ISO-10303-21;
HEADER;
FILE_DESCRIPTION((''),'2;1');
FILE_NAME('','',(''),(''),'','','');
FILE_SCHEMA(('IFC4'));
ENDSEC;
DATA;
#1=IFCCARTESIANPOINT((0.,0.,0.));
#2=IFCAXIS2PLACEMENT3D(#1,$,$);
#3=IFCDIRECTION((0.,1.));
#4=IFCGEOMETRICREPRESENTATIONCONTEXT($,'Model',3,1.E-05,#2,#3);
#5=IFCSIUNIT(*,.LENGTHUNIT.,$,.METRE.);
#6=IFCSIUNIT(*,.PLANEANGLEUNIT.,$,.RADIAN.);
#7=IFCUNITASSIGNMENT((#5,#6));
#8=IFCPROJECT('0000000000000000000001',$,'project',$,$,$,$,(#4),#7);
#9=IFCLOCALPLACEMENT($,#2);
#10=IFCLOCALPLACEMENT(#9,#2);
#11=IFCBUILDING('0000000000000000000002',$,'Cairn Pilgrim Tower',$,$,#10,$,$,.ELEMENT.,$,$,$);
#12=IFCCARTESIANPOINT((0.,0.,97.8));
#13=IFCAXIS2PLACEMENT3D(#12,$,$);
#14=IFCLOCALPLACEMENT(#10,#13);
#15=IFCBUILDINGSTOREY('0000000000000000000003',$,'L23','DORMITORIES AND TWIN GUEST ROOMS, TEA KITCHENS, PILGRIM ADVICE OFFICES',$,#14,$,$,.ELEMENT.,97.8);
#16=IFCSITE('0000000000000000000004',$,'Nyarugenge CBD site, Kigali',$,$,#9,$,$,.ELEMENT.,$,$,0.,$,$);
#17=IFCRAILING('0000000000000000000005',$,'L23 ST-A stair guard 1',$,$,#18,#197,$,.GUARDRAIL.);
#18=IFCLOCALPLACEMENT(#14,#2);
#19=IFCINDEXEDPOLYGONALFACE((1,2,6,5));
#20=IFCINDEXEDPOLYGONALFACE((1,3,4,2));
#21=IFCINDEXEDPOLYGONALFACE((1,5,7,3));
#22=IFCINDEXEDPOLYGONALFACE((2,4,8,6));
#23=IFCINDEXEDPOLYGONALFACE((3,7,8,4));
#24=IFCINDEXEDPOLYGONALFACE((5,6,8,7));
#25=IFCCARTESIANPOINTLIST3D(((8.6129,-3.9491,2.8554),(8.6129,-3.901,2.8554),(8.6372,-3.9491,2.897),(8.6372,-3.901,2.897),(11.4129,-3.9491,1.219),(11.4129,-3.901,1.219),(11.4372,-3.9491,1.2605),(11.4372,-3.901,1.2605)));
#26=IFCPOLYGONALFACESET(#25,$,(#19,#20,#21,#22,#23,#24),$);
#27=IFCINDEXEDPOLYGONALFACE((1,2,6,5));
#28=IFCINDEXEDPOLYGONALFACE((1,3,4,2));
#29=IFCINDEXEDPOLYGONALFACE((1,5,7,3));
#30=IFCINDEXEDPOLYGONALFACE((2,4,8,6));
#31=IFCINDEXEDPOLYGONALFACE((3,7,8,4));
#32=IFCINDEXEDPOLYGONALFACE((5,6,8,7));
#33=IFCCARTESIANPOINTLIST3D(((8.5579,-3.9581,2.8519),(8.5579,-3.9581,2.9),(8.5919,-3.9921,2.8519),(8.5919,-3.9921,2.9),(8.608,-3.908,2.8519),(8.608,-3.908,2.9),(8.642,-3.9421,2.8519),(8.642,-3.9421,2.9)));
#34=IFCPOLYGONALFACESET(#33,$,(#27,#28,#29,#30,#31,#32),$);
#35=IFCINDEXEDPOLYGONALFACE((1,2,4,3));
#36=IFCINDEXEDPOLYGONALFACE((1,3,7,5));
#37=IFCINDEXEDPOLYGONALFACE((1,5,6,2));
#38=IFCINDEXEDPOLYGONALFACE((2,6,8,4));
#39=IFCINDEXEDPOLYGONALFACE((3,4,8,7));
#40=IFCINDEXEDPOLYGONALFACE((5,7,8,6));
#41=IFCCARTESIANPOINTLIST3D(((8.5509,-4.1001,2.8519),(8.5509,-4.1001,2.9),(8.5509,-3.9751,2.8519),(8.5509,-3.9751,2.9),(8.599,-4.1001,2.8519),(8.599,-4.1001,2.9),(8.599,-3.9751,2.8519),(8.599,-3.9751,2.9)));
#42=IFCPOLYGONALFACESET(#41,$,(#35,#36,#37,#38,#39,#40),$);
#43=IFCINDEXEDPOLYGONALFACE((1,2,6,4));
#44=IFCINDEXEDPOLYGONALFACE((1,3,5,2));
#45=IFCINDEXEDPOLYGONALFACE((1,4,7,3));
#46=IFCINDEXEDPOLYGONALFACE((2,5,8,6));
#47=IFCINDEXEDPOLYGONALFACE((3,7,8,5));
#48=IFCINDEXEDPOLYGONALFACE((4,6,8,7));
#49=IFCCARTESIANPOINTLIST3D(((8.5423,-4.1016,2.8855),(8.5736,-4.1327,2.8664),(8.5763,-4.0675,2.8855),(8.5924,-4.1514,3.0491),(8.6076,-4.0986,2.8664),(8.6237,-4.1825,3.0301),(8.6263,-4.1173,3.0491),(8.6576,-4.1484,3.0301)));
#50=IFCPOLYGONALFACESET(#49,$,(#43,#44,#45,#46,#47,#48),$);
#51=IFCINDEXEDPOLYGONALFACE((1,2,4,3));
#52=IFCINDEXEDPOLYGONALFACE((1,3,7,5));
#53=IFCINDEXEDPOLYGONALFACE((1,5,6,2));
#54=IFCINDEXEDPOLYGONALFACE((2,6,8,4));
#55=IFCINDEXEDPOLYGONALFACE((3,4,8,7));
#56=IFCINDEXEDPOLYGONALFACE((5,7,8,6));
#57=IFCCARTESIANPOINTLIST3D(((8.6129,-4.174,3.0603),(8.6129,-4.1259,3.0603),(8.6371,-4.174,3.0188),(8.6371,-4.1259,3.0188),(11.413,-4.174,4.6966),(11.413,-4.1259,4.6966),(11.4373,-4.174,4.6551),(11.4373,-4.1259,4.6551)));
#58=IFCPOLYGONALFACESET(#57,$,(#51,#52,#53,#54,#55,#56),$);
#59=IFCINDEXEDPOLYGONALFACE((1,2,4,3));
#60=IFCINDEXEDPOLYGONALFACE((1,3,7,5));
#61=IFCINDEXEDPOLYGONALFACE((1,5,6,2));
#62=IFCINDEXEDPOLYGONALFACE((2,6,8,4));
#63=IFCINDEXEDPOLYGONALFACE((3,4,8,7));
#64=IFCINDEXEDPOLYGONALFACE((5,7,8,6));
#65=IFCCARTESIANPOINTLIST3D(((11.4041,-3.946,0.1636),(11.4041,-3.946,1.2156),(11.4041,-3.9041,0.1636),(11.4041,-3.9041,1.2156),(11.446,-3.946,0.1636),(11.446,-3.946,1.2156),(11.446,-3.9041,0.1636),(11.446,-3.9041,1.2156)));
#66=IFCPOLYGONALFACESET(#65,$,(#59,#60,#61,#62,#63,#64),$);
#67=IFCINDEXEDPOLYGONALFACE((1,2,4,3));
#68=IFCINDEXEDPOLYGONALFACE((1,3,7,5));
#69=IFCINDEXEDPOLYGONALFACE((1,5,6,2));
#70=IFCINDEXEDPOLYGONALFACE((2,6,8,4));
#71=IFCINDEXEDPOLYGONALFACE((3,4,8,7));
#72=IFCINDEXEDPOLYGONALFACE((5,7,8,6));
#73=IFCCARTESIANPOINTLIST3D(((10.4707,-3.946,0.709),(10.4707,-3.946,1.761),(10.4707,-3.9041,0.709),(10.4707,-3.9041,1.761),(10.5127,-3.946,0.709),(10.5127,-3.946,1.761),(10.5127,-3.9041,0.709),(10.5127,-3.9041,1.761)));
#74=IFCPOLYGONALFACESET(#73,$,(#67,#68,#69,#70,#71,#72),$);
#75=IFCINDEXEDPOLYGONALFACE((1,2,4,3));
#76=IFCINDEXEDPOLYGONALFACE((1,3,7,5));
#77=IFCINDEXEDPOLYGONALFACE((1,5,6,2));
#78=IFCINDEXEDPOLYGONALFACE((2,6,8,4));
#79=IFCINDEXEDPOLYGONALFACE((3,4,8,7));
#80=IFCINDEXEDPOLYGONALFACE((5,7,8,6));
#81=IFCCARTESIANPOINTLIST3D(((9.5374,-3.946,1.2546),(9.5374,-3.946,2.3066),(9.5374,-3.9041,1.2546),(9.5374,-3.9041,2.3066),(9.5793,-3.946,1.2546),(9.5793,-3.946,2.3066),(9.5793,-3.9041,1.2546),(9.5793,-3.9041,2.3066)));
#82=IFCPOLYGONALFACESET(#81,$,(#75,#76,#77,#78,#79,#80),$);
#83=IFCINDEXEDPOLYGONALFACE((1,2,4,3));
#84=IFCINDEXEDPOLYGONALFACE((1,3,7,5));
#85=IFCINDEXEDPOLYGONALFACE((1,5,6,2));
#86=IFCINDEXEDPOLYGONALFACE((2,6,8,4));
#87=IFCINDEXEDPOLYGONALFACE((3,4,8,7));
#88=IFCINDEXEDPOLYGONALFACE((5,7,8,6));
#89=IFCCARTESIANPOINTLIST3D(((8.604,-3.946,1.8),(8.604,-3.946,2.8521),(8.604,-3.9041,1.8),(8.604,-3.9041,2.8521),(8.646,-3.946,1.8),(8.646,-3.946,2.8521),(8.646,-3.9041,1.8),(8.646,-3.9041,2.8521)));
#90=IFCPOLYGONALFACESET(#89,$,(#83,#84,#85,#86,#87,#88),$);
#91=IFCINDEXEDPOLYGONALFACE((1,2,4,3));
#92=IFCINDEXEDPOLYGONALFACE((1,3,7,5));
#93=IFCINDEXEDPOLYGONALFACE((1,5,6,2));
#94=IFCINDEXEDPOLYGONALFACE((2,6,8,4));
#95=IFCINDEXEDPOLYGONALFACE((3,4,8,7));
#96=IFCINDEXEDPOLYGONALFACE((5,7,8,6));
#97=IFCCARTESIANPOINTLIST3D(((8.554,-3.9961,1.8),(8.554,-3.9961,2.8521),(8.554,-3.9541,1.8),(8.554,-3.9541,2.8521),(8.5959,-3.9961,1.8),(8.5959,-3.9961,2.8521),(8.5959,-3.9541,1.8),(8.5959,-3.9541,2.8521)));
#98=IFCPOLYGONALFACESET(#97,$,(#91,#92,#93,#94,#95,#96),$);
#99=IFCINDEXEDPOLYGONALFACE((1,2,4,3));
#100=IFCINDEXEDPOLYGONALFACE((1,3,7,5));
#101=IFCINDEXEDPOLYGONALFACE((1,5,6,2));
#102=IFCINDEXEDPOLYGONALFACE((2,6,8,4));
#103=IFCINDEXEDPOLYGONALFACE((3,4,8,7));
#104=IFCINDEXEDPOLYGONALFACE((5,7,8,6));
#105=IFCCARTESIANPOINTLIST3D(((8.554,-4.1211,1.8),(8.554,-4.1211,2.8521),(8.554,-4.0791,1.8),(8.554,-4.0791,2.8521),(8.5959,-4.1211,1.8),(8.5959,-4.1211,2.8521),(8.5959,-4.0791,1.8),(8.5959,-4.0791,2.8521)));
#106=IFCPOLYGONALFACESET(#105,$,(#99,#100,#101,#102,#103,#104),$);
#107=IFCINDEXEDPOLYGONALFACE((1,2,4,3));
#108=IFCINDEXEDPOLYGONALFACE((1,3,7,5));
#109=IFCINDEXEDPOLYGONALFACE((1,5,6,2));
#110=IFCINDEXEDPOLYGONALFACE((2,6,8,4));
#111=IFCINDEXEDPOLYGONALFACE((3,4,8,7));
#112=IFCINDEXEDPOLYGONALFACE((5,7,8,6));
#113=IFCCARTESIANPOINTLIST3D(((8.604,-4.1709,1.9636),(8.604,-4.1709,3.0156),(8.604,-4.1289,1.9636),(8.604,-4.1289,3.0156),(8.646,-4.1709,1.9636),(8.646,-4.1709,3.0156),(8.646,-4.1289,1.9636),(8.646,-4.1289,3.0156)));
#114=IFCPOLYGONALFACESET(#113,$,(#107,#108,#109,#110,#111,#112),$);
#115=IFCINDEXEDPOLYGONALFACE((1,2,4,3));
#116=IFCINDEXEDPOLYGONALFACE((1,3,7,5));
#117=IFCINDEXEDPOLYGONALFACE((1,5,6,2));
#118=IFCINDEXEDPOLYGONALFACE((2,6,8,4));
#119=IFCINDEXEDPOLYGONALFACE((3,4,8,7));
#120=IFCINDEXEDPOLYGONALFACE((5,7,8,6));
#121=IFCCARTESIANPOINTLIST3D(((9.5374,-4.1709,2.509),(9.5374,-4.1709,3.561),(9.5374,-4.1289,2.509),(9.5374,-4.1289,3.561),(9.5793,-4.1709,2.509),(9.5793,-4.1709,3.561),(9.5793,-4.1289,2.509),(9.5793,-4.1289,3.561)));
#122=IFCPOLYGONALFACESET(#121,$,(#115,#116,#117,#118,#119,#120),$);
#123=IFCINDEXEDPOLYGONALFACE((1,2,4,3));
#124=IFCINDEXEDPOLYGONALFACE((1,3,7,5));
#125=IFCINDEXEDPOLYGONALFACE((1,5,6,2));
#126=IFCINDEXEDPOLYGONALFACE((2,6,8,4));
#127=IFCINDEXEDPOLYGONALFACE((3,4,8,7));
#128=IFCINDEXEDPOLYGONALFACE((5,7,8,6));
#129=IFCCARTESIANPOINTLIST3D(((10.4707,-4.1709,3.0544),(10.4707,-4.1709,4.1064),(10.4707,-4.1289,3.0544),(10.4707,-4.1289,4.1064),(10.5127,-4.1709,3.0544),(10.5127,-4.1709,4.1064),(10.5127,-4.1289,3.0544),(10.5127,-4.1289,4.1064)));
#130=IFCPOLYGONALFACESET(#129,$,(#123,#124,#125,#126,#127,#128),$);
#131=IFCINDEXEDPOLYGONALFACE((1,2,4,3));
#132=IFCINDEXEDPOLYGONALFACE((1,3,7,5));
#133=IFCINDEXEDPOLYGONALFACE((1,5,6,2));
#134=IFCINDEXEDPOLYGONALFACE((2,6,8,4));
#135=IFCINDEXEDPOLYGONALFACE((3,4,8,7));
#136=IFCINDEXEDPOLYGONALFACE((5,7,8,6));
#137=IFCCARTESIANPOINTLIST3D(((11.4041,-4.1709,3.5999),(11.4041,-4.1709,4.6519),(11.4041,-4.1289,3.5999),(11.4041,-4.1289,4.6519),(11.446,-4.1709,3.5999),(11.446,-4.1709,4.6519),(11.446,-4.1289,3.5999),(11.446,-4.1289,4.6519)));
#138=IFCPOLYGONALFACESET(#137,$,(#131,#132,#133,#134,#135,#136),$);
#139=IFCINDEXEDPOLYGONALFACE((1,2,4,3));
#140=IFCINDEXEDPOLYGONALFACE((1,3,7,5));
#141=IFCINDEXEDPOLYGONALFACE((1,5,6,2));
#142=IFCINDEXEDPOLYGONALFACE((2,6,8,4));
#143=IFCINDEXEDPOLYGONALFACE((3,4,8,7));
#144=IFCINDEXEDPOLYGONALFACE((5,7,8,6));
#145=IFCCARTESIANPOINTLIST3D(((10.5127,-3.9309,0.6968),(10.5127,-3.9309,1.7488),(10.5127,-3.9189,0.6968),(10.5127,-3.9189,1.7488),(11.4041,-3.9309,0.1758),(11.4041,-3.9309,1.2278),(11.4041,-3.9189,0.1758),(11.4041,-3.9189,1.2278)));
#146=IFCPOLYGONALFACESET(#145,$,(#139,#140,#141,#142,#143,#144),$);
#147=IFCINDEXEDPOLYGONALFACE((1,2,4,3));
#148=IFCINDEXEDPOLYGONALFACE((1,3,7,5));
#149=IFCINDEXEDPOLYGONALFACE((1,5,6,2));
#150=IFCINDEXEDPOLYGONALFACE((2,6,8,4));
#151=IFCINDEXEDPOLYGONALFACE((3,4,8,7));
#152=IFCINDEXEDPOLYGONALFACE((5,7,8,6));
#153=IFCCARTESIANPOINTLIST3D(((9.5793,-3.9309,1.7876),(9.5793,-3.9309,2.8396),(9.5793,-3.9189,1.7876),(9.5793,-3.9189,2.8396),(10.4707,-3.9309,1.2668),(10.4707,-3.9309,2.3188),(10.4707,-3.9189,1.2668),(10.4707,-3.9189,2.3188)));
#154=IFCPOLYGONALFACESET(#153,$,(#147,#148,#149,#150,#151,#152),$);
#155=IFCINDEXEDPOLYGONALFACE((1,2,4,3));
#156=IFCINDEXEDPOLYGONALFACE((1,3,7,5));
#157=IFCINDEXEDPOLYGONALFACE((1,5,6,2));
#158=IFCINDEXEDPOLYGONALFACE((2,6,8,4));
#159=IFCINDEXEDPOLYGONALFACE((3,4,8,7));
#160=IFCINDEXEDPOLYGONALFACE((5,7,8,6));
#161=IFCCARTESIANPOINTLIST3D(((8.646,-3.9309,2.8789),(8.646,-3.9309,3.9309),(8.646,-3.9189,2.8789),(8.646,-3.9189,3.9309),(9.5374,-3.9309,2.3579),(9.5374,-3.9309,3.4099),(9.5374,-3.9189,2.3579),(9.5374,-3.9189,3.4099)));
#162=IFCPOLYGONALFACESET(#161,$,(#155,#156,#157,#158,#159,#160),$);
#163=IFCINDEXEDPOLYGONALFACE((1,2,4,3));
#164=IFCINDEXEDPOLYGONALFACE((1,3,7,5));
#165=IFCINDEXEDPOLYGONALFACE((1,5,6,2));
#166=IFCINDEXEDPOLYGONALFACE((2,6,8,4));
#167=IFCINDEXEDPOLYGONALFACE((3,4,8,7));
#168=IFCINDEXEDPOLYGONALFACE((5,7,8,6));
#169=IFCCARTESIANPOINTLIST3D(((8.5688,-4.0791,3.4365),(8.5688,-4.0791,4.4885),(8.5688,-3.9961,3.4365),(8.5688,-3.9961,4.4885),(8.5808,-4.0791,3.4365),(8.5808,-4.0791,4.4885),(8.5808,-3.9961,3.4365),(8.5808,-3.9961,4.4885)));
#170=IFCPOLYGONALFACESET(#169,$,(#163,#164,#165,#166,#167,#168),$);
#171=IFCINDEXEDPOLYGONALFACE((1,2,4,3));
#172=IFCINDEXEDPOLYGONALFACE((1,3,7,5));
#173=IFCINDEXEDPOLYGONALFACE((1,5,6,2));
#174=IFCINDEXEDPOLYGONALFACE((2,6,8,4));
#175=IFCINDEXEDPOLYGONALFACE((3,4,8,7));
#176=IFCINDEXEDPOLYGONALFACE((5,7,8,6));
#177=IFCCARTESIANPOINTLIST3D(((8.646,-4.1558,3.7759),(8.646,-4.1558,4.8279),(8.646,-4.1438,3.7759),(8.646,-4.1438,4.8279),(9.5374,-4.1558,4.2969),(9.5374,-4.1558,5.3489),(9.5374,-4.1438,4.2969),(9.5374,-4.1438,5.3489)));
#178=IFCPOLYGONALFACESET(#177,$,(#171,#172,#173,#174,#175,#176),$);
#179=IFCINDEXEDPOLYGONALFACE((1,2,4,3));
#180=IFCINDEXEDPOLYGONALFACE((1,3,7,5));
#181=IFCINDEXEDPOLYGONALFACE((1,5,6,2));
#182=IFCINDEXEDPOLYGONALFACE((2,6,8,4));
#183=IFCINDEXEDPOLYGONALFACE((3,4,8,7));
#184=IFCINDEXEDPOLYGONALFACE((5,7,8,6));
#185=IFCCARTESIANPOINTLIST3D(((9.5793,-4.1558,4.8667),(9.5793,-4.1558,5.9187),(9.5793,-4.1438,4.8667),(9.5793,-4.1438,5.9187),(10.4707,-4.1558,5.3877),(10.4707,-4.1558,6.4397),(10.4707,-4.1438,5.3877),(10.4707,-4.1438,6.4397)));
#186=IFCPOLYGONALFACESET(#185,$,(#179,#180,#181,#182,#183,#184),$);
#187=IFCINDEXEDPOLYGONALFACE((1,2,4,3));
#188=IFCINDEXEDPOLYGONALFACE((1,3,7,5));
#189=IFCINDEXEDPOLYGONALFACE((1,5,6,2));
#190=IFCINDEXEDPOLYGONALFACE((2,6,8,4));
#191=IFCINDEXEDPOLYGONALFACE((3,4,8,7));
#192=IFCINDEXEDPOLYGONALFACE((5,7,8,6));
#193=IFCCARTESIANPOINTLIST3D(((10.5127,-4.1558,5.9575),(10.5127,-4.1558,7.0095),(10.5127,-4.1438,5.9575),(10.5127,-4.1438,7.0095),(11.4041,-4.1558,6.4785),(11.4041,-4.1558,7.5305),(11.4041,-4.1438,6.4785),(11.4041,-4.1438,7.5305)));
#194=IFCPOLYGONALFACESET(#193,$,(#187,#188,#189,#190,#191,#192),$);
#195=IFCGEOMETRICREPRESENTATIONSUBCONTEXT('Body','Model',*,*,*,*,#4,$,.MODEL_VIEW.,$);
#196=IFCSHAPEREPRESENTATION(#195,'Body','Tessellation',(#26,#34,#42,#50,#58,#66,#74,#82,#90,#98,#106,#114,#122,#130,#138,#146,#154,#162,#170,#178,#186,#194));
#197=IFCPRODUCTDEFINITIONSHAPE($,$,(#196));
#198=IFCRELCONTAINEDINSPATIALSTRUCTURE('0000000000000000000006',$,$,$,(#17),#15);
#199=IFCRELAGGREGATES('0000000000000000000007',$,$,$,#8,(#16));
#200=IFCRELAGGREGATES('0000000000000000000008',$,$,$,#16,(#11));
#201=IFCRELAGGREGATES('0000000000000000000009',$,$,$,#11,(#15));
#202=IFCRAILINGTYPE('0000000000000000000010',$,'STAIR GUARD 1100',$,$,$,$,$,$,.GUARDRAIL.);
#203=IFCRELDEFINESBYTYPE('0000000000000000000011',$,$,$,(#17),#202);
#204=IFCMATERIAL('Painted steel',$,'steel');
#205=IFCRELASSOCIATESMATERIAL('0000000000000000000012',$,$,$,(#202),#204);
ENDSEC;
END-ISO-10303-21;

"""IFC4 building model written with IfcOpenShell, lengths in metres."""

from ifc_helpers import new_model, si_unit, direction, frame, origin, origin_2d, place, context, subcontext, project, spatial, polyline, rectangle, outline, extrude, material, type_object, element, save


model = new_model("IFC4")

# Units and contexts
model_context = context("Model", 3, precision=1e-05, world=origin(), true_north=direction((0.0, 1.0)))
body_context = subcontext(model_context, "Body", "Model", "MODEL_VIEW")
ifc_project = project(units=[si_unit("LENGTHUNIT", "METRE"), si_unit("PLANEANGLEUNIT", "RADIAN")], contexts=[model_context])

# Site, building, storey
site_placement = place(None, origin())
site = spatial("IfcSite", under=ifc_project, at=site_placement, Name="Nyarugenge CBD site, Kigali", CompositionType="ELEMENT", RefElevation=0.0)
building_placement = place(site_placement, origin())
building = spatial("IfcBuilding", under=site, at=building_placement, Name="Cairn Pilgrim Tower", CompositionType="ELEMENT")
storey_placement = place(building_placement, frame((0.0, 0.0, 97.8)))
storey = spatial("IfcBuildingStorey", under=building, at=storey_placement, Name="L23", Description="DORMITORIES AND TWIN GUEST ROOMS, TEA KITCHENS, PILGRIM ADVICE OFFICES", CompositionType="ELEMENT", Elevation=97.8)

# Shared definitions
ifc_material_1 = material(Name="Painted steel", Category="steel")

# Railing
railing_type_1 = type_object("IfcRailingType", Name="STAIR GUARD 1100", PredefinedType="GUARDRAIL", material=ifc_material_1)
railing_1_placement = place(storey_placement, frame((11.425, -3.925, 0.1636)))
element("IfcRailing", 1, at=railing_1_placement, inside=storey, type_object=railing_type_1, Name="L23 ST-A stair guard 1", PredefinedType="GUARDRAIL", context=body_context, shape_type="SweptSolid", body=[
    extrude(rectangle(XDim=0.0481, YDim=0.0481, at=origin_2d()), frame((0.0, 0.0, 1.0762), z_axis=(-0.863361, 0.0, 0.504587), x_axis=(0.0, -1.0, 0.0)), (0.0, 0.0, 1.0), 3.2432),
    extrude(rectangle(XDim=0.0481, YDim=0.0481, at=origin_2d()), frame((-2.8, 0.0, 2.7124), z_axis=(-0.707107, -0.707107, 0.0), x_axis=(0.707107, -0.707107, 0.0)), (0.0, 0.0, 1.0), 0.0708),
    extrude(rectangle(XDim=0.0481, YDim=0.0481, at=origin_2d()), frame((-2.8501, -0.05, 2.7124), z_axis=(0.0, -1.0, 0.0), x_axis=(1.0, 0.0, 0.0)), (0.0, 0.0, 1.0), 0.125),
    extrude(rectangle(XDim=0.0481, YDim=0.0481, at=origin_2d()), frame((-2.8501, -0.175, 2.7124), z_axis=(0.280917, -0.279546, 0.918118), x_axis=(0.705376, 0.708834, 0.0)), (0.0, 0.0, 1.0), 0.1782),
    extrude(rectangle(XDim=0.0481, YDim=0.0481, at=origin_2d()), frame((-2.8, -0.2249, 2.876), z_axis=(0.863394, 0.0, 0.504531), x_axis=(0.0, 1.0, 0.0)), (0.0, 0.0, 1.0), 3.2432),
    extrude(rectangle(XDim=0.042, YDim=0.042, at=origin_2d()), origin(), (0.0, 0.0, 1.0), 1.052),
    extrude(rectangle(XDim=0.042, YDim=0.042, at=origin_2d()), frame((-0.9333, 0.0, 0.5454)), (0.0, 0.0, 1.0), 1.052),
    extrude(rectangle(XDim=0.042, YDim=0.042, at=origin_2d()), frame((-1.8667, 0.0, 1.0911)), (0.0, 0.0, 1.0), 1.052),
    extrude(rectangle(XDim=0.042, YDim=0.042, at=origin_2d()), frame((-2.8, 0.0, 1.6365)), (0.0, 0.0, 1.0), 1.052),
    extrude(rectangle(XDim=0.042, YDim=0.042, at=origin_2d()), frame((-2.8501, -0.05, 1.6365)), (0.0, 0.0, 1.0), 1.052),
    extrude(rectangle(XDim=0.042, YDim=0.042, at=origin_2d()), frame((-2.8501, -0.175, 1.6365)), (0.0, 0.0, 1.0), 1.052),
    extrude(rectangle(XDim=0.042, YDim=0.042, at=origin_2d()), frame((-2.8, -0.2249, 1.8)), (0.0, 0.0, 1.0), 1.052),
    extrude(rectangle(XDim=0.042, YDim=0.042, at=origin_2d()), frame((-1.8667, -0.2249, 2.3455)), (0.0, 0.0, 1.0), 1.052),
    extrude(rectangle(XDim=0.042, YDim=0.042, at=origin_2d()), frame((-0.9333, -0.2249, 2.8909)), (0.0, 0.0, 1.0), 1.052),
    extrude(rectangle(XDim=0.042, YDim=0.042, at=origin_2d()), frame((0.0, -0.2249, 3.4363)), (0.0, 0.0, 1.0), 1.052),
    extrude(outline(polyline([(0.021, 0.0122), (0.9124, 0.5332), (0.9124, 1.5852), (0.021, 1.0642), (0.021, 0.0122)])), frame((0.0, -0.0059, 0.0), z_axis=(0.0, 1.0, 0.0), x_axis=(-1.0, 0.0, 0.0)), (0.0, 0.0, 1.0), 0.012),
    extrude(outline(polyline([(0.021, 0.5579), (0.9124, 1.0786), (0.9124, 2.1306), (0.021, 1.6099), (0.021, 0.5579)])), frame((-0.9333, -0.0059, 0.5454), z_axis=(0.0, 1.0, 0.0), x_axis=(-1.0, 0.0, 0.0)), (0.0, 0.0, 1.0), 0.012),
    extrude(outline(polyline([(0.021, 1.1033), (0.9124, 1.6243), (0.9124, 2.6763), (0.021, 2.1553), (0.021, 1.1033)])), frame((-1.8667, -0.0059, 1.0911), z_axis=(0.0, 1.0, 0.0), x_axis=(-1.0, 0.0, 0.0)), (0.0, 0.0, 1.0), 0.012),
    extrude(outline(polyline([(0.021, 1.6365), (0.104, 1.6365), (0.104, 2.6885), (0.021, 2.6885), (0.021, 1.6365)])), frame((-2.8442, -0.05, 1.6365), z_axis=(-1.0, 0.0, 0.0), x_axis=(0.0, -1.0, 0.0)), (0.0, 0.0, 1.0), 0.012),
    extrude(outline(polyline([(0.021, 1.8123), (0.9124, 2.3333), (0.9124, 3.3853), (0.021, 2.8643), (0.021, 1.8123)])), frame((-2.8, -0.2188, 1.8), z_axis=(0.0, -1.0, 0.0), x_axis=(1.0, 0.0, 0.0)), (0.0, 0.0, 1.0), 0.012),
    extrude(outline(polyline([(0.021, 2.3577), (0.9124, 2.8787), (0.9124, 3.9307), (0.021, 3.4097), (0.021, 2.3577)])), frame((-1.8667, -0.2188, 2.3455), z_axis=(0.0, -1.0, 0.0), x_axis=(1.0, 0.0, 0.0)), (0.0, 0.0, 1.0), 0.012),
    extrude(outline(polyline([(0.021, 2.9031), (0.9124, 3.4241), (0.9124, 4.4761), (0.021, 3.9551), (0.021, 2.9031)])), frame((-0.9333, -0.2188, 2.8909), z_axis=(0.0, -1.0, 0.0), x_axis=(1.0, 0.0, 0.0)), (0.0, 0.0, 1.0), 0.012),
])

save(model, "model.ifc")
